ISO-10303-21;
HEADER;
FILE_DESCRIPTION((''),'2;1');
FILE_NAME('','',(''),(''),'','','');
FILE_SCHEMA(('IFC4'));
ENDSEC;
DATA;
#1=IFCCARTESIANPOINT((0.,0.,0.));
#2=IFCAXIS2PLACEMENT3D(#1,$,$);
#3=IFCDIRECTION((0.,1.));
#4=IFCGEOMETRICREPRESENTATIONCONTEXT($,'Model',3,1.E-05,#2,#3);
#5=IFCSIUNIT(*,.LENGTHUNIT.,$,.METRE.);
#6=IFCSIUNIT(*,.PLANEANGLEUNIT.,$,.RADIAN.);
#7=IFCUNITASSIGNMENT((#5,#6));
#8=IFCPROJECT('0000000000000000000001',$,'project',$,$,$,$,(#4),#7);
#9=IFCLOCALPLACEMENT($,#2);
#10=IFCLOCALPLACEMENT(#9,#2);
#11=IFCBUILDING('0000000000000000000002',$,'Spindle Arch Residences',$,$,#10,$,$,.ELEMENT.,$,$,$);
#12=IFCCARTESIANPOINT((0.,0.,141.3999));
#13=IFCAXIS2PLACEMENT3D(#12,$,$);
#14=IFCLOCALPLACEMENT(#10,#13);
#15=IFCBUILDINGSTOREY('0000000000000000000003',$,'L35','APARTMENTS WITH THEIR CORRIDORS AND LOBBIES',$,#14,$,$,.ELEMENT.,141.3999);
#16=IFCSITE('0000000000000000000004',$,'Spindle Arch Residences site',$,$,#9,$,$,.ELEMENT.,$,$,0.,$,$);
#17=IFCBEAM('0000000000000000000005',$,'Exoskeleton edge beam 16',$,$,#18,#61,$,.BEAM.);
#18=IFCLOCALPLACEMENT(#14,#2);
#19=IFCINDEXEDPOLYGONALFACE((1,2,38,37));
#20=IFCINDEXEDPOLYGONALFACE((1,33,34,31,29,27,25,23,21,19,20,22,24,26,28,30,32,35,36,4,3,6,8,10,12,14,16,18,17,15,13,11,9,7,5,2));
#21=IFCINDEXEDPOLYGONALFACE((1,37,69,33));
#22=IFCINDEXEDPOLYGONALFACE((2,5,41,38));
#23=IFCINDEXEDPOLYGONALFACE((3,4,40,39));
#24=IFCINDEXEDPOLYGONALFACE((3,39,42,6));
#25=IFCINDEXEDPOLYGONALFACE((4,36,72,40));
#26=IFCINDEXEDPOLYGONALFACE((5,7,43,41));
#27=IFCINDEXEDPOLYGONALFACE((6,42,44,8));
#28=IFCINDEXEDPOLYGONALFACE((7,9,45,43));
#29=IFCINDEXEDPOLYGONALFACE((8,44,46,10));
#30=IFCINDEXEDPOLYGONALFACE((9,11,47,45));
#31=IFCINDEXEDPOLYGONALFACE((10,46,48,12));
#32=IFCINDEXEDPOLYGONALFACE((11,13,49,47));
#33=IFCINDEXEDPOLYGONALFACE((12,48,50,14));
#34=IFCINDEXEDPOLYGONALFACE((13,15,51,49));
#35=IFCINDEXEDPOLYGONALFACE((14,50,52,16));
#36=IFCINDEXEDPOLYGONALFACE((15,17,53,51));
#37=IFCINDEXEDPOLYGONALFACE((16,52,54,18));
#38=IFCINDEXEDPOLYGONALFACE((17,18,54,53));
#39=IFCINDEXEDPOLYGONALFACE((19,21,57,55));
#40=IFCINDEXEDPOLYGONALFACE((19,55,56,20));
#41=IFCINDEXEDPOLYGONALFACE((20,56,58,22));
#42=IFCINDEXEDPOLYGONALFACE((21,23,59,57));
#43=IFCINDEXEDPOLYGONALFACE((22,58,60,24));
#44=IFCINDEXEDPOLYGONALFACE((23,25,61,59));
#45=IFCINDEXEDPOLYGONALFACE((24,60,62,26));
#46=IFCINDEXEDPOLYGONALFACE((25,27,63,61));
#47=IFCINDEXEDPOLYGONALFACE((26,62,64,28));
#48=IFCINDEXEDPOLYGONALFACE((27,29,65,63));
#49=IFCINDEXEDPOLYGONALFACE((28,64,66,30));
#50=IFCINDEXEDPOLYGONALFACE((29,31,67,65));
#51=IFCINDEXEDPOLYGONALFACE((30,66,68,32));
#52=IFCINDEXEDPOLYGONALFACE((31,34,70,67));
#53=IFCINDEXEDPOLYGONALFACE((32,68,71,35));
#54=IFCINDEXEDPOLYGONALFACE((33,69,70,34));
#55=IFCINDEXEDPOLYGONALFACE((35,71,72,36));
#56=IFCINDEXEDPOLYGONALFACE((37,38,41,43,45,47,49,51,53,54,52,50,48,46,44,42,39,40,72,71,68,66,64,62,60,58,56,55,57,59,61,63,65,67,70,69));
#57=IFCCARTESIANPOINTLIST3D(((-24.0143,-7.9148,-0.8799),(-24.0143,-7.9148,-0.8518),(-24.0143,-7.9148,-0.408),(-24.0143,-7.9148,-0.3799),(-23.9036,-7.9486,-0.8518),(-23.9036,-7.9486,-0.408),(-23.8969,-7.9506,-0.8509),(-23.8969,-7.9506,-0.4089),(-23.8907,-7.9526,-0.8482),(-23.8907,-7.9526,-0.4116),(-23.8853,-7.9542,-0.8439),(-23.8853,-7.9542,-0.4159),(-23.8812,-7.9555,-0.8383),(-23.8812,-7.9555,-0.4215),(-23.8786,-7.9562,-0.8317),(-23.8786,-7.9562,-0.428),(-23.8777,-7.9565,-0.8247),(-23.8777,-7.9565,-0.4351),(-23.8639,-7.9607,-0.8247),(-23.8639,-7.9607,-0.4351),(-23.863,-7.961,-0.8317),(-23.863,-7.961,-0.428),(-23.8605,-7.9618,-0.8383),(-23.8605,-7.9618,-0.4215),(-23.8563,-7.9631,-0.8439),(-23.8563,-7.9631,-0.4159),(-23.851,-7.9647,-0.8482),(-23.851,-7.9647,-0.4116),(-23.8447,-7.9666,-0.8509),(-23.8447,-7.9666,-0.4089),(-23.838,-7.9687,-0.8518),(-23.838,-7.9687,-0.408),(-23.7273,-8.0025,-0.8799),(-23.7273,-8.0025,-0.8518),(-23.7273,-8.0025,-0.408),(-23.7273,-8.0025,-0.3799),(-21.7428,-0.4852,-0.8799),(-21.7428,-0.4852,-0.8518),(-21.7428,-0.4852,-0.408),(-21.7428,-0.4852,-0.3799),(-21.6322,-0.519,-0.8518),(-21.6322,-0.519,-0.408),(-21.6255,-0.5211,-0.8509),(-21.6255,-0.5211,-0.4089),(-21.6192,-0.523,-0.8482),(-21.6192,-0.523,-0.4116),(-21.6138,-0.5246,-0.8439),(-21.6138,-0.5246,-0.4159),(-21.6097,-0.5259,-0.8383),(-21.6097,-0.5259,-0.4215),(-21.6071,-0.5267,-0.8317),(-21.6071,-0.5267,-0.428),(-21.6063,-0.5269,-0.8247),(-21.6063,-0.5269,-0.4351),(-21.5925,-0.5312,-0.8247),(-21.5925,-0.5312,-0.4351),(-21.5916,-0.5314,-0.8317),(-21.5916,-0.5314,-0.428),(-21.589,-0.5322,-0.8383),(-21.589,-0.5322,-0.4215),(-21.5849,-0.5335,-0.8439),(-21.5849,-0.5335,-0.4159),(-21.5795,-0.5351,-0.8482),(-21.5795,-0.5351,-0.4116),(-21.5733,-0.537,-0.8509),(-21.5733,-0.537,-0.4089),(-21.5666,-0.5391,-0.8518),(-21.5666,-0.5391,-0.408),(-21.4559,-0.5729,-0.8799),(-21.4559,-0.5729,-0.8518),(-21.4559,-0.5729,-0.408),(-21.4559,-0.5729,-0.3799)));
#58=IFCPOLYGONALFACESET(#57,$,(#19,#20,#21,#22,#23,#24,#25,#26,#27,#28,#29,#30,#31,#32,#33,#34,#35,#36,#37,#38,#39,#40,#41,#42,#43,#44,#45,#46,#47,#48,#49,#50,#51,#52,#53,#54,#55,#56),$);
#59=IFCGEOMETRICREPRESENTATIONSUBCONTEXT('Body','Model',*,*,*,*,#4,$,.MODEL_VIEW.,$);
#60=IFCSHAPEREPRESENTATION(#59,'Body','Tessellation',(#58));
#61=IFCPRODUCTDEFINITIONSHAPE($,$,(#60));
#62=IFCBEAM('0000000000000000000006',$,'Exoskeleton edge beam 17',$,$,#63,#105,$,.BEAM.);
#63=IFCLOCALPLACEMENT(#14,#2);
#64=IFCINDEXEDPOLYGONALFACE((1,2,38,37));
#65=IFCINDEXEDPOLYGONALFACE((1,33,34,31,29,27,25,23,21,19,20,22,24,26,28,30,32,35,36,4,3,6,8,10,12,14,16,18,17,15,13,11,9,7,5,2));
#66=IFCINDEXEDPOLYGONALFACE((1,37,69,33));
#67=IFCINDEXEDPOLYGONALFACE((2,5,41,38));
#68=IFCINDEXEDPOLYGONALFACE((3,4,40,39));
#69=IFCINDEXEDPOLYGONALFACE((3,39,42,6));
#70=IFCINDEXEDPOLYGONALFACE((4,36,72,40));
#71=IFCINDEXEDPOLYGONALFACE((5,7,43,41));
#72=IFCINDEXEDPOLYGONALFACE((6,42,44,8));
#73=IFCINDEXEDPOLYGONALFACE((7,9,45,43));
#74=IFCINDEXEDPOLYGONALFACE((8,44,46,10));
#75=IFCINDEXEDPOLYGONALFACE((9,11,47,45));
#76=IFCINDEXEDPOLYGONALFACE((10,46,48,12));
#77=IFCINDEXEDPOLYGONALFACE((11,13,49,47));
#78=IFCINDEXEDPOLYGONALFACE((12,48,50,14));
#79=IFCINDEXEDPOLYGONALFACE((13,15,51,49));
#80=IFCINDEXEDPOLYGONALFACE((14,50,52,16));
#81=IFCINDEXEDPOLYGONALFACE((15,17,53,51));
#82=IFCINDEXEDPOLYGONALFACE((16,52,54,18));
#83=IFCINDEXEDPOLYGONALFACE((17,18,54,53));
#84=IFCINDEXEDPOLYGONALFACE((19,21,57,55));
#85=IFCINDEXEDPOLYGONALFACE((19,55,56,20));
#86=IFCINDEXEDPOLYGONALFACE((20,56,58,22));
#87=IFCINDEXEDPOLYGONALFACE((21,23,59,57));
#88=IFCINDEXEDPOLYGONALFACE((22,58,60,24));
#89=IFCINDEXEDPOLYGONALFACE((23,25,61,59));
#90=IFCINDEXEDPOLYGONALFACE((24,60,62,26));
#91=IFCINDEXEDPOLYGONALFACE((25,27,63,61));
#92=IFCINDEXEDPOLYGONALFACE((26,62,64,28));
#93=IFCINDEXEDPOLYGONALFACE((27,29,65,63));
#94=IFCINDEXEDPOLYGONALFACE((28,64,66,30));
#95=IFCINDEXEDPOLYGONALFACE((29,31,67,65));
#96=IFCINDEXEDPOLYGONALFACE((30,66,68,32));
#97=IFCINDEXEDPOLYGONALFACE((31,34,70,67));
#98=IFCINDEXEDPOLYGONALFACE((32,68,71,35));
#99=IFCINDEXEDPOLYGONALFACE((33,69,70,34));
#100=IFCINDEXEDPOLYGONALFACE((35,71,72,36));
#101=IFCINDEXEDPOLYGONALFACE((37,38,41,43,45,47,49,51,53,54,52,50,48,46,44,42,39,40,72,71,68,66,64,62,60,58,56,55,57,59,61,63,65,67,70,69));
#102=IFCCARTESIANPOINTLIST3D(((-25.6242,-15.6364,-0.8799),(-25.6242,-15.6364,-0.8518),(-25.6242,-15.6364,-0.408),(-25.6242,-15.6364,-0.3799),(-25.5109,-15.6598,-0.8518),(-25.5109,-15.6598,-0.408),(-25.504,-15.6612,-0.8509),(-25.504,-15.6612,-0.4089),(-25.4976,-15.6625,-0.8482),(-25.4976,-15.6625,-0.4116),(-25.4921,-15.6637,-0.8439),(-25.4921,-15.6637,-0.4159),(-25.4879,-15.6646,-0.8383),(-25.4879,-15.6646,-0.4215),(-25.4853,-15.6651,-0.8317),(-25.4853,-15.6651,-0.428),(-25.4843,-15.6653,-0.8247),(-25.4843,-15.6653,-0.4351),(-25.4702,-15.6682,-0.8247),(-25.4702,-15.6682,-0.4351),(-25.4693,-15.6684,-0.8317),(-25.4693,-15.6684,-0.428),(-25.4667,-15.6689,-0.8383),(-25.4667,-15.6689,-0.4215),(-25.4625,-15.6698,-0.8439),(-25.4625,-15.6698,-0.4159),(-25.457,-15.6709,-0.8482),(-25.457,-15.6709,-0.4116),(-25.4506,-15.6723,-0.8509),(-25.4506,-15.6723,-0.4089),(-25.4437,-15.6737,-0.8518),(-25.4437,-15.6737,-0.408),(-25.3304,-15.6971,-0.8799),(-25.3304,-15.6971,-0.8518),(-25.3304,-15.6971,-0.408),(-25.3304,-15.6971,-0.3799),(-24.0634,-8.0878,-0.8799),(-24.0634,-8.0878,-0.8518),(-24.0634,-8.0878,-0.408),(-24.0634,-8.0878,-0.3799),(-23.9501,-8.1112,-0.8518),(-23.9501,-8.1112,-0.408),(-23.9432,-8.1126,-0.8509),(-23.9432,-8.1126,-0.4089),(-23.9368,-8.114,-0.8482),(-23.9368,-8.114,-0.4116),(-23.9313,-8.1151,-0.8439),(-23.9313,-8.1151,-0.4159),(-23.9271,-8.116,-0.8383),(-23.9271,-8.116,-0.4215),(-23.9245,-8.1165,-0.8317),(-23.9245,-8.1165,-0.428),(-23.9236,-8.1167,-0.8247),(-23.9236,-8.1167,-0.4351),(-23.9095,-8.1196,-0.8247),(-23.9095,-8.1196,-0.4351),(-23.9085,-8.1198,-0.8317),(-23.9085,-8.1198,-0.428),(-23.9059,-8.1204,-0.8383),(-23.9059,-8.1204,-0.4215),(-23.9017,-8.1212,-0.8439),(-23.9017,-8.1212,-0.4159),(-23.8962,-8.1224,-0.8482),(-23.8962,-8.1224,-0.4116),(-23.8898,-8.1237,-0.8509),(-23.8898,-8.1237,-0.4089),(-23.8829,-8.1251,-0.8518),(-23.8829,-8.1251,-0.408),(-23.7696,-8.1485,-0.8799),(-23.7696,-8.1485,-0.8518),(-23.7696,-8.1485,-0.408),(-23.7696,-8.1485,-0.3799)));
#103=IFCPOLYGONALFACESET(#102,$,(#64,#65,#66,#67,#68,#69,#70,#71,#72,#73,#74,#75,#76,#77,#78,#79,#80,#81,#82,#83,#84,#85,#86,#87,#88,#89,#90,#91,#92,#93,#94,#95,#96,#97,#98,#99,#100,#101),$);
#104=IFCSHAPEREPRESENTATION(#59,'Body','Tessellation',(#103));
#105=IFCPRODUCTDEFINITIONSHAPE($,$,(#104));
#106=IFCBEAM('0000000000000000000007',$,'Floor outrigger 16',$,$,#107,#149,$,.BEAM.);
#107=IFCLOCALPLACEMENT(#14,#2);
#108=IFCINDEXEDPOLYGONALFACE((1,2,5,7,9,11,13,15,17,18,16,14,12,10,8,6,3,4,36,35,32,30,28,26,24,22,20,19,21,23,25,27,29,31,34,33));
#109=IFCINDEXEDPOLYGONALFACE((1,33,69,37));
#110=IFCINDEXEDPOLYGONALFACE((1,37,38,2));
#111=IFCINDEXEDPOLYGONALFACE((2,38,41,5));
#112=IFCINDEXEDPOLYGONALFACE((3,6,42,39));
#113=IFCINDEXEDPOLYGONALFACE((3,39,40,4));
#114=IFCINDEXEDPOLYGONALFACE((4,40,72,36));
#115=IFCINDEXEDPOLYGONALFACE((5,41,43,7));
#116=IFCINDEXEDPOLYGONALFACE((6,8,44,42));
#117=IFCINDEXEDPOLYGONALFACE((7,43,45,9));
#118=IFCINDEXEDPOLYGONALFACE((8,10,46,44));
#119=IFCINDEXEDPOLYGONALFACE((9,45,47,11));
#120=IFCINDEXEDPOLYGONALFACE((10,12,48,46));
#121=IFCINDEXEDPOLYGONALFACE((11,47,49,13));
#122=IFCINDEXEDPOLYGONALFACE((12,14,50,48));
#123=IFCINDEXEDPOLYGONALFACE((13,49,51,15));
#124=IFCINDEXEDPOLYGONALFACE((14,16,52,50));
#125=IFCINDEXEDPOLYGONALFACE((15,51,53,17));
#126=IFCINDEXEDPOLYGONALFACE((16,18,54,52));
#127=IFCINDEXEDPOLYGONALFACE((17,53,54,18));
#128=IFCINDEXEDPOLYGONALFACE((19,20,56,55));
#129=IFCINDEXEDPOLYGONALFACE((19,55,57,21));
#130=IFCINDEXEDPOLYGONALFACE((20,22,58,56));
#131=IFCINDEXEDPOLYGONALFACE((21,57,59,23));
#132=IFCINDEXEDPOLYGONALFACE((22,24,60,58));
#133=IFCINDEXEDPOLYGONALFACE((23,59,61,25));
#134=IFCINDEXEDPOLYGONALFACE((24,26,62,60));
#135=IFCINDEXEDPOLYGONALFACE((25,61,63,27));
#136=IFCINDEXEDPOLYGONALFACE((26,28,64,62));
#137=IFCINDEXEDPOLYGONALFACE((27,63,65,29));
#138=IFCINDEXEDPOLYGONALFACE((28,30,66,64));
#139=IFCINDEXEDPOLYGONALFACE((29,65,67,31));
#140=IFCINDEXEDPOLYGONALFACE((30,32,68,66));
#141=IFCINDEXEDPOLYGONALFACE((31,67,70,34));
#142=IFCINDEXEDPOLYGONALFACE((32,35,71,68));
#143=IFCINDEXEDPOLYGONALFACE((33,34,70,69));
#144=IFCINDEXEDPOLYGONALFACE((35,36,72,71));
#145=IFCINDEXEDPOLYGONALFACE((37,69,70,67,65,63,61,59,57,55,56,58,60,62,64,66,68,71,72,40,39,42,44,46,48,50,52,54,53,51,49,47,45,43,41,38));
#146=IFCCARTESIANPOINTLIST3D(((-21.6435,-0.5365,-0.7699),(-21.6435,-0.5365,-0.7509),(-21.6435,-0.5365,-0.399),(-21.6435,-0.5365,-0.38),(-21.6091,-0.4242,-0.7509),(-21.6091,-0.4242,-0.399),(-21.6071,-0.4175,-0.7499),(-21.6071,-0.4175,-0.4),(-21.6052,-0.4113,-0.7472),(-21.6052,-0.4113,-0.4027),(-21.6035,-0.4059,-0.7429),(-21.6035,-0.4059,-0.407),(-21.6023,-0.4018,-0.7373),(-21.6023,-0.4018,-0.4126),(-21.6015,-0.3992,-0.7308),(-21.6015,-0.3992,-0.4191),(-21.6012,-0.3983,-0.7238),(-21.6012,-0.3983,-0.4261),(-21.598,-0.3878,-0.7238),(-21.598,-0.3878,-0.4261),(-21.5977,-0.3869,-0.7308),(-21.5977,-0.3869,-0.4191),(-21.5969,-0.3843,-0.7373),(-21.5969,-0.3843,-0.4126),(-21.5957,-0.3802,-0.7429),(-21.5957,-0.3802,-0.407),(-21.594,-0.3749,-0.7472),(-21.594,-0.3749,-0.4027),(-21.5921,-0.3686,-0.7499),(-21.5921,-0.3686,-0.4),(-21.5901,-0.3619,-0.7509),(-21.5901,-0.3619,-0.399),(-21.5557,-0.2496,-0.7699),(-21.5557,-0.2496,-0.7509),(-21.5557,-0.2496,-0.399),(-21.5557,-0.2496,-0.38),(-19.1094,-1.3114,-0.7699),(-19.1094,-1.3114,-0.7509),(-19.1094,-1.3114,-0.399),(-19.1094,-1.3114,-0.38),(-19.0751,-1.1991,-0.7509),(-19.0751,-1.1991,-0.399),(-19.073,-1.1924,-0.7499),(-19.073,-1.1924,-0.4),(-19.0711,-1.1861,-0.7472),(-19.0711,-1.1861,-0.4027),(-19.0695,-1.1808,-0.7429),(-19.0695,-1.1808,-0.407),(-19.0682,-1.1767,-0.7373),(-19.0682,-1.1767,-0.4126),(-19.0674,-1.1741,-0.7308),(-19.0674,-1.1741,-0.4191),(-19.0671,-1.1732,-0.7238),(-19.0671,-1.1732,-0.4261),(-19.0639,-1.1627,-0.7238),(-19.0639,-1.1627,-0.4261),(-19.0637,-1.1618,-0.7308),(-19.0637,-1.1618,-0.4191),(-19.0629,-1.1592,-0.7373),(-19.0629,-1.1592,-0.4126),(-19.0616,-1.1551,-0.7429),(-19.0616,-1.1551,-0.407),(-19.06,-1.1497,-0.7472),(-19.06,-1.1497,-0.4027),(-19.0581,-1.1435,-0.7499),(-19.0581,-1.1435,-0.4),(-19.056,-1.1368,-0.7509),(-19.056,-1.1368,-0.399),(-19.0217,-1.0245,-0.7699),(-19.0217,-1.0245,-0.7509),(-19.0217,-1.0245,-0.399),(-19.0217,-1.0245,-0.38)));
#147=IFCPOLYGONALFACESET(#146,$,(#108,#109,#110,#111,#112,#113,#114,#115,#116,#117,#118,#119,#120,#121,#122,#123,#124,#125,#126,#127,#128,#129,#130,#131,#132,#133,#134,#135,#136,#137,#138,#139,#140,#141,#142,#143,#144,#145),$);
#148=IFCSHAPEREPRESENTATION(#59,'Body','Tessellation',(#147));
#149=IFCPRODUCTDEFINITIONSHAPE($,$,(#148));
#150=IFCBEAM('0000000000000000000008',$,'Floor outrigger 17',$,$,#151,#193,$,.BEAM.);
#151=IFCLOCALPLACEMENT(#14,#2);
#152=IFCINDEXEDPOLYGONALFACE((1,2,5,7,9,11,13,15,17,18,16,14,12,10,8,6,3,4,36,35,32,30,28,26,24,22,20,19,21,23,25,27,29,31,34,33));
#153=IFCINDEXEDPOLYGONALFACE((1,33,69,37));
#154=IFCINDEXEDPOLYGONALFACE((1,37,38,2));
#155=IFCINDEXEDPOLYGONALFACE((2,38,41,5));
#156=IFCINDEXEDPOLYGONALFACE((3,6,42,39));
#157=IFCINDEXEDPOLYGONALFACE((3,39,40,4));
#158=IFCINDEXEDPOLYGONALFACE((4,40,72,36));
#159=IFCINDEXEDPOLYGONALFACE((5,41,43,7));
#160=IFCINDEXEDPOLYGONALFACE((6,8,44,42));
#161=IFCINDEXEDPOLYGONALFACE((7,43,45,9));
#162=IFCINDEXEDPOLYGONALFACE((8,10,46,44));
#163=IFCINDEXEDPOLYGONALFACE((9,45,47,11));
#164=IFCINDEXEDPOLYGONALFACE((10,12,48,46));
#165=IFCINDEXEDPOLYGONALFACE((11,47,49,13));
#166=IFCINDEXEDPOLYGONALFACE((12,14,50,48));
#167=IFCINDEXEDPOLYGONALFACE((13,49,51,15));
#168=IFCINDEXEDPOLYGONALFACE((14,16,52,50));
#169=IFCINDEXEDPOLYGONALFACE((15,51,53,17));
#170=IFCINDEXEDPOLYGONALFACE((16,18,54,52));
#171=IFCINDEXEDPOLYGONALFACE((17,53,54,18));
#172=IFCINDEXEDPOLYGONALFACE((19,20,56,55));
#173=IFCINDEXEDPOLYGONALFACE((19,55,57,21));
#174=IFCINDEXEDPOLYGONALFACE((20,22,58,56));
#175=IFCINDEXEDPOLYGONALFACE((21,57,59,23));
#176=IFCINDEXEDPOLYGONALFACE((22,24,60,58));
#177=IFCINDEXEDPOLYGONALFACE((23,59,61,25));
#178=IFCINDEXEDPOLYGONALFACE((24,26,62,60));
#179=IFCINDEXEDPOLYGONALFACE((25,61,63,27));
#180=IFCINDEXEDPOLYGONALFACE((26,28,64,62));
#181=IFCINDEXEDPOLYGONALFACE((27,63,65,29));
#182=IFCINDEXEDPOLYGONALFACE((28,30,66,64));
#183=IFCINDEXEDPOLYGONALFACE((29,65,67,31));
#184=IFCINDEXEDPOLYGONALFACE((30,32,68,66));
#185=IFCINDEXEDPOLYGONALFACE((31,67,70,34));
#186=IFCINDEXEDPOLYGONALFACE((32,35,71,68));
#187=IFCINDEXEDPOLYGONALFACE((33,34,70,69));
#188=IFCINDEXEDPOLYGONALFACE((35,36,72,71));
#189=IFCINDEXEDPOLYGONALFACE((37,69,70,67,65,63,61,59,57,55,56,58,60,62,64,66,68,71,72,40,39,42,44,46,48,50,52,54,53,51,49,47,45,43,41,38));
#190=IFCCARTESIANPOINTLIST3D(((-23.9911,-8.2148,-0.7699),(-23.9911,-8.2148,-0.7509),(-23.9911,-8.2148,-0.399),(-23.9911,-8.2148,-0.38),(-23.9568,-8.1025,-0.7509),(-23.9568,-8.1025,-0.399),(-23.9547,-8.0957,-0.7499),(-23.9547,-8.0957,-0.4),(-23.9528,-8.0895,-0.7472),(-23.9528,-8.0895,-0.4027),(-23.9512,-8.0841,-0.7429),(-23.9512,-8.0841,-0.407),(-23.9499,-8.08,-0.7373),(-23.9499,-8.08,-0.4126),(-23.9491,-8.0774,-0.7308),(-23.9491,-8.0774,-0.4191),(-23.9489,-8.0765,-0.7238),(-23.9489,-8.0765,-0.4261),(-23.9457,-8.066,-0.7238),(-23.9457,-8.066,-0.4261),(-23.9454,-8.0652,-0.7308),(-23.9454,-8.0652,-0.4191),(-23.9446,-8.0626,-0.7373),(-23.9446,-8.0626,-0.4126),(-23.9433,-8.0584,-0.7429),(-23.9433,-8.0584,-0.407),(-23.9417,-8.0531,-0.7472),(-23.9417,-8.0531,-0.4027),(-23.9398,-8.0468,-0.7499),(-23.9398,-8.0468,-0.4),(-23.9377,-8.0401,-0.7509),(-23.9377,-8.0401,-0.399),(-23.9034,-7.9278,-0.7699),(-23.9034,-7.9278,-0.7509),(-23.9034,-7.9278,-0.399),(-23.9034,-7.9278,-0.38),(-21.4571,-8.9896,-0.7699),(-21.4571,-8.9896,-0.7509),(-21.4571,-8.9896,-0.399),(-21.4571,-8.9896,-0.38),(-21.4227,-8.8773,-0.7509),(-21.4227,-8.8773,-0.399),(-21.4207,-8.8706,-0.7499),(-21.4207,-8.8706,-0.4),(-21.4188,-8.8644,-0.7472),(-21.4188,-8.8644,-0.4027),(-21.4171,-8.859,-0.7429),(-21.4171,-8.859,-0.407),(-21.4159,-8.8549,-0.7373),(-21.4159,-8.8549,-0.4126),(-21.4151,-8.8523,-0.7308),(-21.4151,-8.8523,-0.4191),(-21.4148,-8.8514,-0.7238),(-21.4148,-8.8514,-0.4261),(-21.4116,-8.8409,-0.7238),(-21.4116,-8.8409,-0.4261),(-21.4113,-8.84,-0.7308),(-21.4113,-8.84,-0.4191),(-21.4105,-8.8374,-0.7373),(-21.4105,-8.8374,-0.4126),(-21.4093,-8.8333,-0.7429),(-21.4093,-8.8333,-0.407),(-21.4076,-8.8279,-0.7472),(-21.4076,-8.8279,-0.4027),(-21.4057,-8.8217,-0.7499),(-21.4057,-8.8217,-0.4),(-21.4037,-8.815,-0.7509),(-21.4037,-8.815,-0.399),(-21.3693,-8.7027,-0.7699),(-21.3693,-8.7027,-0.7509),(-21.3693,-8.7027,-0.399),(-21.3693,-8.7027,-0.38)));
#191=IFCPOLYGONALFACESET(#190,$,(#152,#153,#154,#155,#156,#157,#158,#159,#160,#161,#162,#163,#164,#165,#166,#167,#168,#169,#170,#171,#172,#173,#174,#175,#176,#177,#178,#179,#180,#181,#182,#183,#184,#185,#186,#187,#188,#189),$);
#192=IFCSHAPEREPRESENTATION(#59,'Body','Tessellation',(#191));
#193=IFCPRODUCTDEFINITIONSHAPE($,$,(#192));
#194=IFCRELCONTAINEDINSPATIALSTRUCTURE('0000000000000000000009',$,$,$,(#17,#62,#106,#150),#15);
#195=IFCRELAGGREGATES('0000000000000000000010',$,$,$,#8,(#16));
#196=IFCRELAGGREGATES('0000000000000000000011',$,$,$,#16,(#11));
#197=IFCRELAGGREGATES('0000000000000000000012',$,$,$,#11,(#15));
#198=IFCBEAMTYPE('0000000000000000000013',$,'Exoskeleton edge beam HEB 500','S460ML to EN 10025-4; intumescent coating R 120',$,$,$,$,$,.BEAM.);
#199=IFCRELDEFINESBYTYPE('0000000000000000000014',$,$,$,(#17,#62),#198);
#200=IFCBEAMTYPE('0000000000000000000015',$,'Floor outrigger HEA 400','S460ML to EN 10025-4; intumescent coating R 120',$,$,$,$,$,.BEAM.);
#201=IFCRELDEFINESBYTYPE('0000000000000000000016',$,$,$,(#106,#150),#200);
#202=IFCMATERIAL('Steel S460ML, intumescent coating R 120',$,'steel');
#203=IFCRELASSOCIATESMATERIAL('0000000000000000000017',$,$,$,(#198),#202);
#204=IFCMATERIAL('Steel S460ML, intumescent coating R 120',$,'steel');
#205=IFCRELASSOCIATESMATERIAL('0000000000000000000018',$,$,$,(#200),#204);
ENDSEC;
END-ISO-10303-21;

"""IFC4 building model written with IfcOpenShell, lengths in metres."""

from ifc_helpers import new_model, si_unit, direction, frame, origin, origin_2d, place, context, subcontext, project, spatial, i_section, extrude, material, material_profile, profile_set, type_object, element, save


model = new_model("IFC4")

# Units and contexts
model_context = context("Model", 3, precision=1e-05, world=origin(), true_north=direction((0.0, 1.0)))
body_context = subcontext(model_context, "Body", "Model", "MODEL_VIEW")
ifc_project = project(units=[si_unit("LENGTHUNIT", "METRE"), si_unit("PLANEANGLEUNIT", "RADIAN")], contexts=[model_context])

# Site, building, storey
site_placement = place(None, origin())
site = spatial("IfcSite", under=ifc_project, at=site_placement, Name="Spindle Arch Residences site", CompositionType="ELEMENT", RefElevation=0.0)
building_placement = place(site_placement, origin())
building = spatial("IfcBuilding", under=site, at=building_placement, Name="Spindle Arch Residences", CompositionType="ELEMENT")
storey_placement = place(building_placement, frame((0.0, 0.0, 141.3999)))
storey = spatial("IfcBuildingStorey", under=building, at=storey_placement, Name="L35", Description="APARTMENTS WITH THEIR CORRIDORS AND LOBBIES", CompositionType="ELEMENT", Elevation=141.3999)

# Beams
ifc_material_1 = material(Name="Steel S460ML, intumescent coating R 120", Category="steel")
ifc_material_profile_1 = material_profile(ifc_material_1, i_section(OverallWidth=0.3, OverallDepth=0.5, WebThickness=0.0144, FlangeThickness=0.0281, FilletRadius=0.0271, at=origin_2d()), Name="HEB 500")
ifc_profile_set_1 = profile_set([ifc_material_profile_1], Name="Steel S460ML, intumescent coating R 120")
beam_type_1 = type_object("IfcBeamType", Name="Exoskeleton edge beam HEB 500", Description="S460ML to EN 10025-4; intumescent coating R 120", PredefinedType="BEAM", material=ifc_profile_set_1)
beam_1_placement = place(storey_placement, frame((-21.5994, -0.5291, -0.6299), z_axis=(-0.292372, -0.956305, 0.0), x_axis=(0.956305, -0.292372, 0.0)))
element("IfcBeam", 1, at=beam_1_placement, inside=storey, type_object=beam_type_1, Name="Exoskeleton edge beam 16", PredefinedType="BEAM", context=body_context, shape_type="SweptSolid", body=[
    extrude(i_section(OverallWidth=0.3, OverallDepth=0.5, WebThickness=0.0144, FlangeThickness=0.0281, FilletRadius=0.0271, at=origin_2d()), origin(), (0.0, 0.0, 1.0), 7.769),
])
beam_2_placement = place(storey_placement, frame((-23.9165, -8.1182, -0.6299), z_axis=(-0.202483, -0.979286, 0.0), x_axis=(0.979286, -0.202483, 0.0)))
element("IfcBeam", 2, at=beam_2_placement, inside=storey, type_object=beam_type_1, Name="Exoskeleton edge beam 17", PredefinedType="BEAM", context=body_context, shape_type="SweptSolid", body=[
    extrude(i_section(OverallWidth=0.3, OverallDepth=0.5, WebThickness=0.0144, FlangeThickness=0.0281, FilletRadius=0.0271, at=origin_2d()), origin(), (0.0, 0.0, 1.0), 7.7083),
])
ifc_material_2 = material(Name="Steel S460ML, intumescent coating R 120", Category="steel")
ifc_material_profile_2 = material_profile(ifc_material_2, i_section(OverallWidth=0.3, OverallDepth=0.3899, WebThickness=0.011, FlangeThickness=0.019, FilletRadius=0.0271, at=origin_2d()), Name="HEA 400")
ifc_profile_set_2 = profile_set([ifc_material_profile_2], Name="Steel S460ML, intumescent coating R 120")
beam_type_2 = type_object("IfcBeamType", Name="Floor outrigger HEA 400", Description="S460ML to EN 10025-4; intumescent coating R 120", PredefinedType="BEAM", material=ifc_profile_set_2)
for number, where, z_axis, x_axis, name in (
    (3, (-21.5996, -0.3931, -0.575), (0.956291, -0.292415, 0.0), (0.292415, 0.956291, 0.0), "Floor outrigger 16"),
    (4, (-23.9473, -8.0713, -0.575), (0.956291, -0.292415, 0.0), (0.292415, 0.956291, 0.0), "Floor outrigger 17"),
):
    element("IfcBeam", number, at=place(storey_placement, frame(where, z_axis=z_axis, x_axis=x_axis)), inside=storey, type_object=beam_type_2, Name=name, PredefinedType="BEAM", context=body_context, shape_type="SweptSolid", body=[
        extrude(i_section(OverallWidth=0.3, OverallDepth=0.3899, WebThickness=0.011, FlangeThickness=0.019, FilletRadius=0.0271, at=origin_2d()), origin(), (0.0, 0.0, 1.0), 2.6499),
    ])

save(model, "model.ifc")
